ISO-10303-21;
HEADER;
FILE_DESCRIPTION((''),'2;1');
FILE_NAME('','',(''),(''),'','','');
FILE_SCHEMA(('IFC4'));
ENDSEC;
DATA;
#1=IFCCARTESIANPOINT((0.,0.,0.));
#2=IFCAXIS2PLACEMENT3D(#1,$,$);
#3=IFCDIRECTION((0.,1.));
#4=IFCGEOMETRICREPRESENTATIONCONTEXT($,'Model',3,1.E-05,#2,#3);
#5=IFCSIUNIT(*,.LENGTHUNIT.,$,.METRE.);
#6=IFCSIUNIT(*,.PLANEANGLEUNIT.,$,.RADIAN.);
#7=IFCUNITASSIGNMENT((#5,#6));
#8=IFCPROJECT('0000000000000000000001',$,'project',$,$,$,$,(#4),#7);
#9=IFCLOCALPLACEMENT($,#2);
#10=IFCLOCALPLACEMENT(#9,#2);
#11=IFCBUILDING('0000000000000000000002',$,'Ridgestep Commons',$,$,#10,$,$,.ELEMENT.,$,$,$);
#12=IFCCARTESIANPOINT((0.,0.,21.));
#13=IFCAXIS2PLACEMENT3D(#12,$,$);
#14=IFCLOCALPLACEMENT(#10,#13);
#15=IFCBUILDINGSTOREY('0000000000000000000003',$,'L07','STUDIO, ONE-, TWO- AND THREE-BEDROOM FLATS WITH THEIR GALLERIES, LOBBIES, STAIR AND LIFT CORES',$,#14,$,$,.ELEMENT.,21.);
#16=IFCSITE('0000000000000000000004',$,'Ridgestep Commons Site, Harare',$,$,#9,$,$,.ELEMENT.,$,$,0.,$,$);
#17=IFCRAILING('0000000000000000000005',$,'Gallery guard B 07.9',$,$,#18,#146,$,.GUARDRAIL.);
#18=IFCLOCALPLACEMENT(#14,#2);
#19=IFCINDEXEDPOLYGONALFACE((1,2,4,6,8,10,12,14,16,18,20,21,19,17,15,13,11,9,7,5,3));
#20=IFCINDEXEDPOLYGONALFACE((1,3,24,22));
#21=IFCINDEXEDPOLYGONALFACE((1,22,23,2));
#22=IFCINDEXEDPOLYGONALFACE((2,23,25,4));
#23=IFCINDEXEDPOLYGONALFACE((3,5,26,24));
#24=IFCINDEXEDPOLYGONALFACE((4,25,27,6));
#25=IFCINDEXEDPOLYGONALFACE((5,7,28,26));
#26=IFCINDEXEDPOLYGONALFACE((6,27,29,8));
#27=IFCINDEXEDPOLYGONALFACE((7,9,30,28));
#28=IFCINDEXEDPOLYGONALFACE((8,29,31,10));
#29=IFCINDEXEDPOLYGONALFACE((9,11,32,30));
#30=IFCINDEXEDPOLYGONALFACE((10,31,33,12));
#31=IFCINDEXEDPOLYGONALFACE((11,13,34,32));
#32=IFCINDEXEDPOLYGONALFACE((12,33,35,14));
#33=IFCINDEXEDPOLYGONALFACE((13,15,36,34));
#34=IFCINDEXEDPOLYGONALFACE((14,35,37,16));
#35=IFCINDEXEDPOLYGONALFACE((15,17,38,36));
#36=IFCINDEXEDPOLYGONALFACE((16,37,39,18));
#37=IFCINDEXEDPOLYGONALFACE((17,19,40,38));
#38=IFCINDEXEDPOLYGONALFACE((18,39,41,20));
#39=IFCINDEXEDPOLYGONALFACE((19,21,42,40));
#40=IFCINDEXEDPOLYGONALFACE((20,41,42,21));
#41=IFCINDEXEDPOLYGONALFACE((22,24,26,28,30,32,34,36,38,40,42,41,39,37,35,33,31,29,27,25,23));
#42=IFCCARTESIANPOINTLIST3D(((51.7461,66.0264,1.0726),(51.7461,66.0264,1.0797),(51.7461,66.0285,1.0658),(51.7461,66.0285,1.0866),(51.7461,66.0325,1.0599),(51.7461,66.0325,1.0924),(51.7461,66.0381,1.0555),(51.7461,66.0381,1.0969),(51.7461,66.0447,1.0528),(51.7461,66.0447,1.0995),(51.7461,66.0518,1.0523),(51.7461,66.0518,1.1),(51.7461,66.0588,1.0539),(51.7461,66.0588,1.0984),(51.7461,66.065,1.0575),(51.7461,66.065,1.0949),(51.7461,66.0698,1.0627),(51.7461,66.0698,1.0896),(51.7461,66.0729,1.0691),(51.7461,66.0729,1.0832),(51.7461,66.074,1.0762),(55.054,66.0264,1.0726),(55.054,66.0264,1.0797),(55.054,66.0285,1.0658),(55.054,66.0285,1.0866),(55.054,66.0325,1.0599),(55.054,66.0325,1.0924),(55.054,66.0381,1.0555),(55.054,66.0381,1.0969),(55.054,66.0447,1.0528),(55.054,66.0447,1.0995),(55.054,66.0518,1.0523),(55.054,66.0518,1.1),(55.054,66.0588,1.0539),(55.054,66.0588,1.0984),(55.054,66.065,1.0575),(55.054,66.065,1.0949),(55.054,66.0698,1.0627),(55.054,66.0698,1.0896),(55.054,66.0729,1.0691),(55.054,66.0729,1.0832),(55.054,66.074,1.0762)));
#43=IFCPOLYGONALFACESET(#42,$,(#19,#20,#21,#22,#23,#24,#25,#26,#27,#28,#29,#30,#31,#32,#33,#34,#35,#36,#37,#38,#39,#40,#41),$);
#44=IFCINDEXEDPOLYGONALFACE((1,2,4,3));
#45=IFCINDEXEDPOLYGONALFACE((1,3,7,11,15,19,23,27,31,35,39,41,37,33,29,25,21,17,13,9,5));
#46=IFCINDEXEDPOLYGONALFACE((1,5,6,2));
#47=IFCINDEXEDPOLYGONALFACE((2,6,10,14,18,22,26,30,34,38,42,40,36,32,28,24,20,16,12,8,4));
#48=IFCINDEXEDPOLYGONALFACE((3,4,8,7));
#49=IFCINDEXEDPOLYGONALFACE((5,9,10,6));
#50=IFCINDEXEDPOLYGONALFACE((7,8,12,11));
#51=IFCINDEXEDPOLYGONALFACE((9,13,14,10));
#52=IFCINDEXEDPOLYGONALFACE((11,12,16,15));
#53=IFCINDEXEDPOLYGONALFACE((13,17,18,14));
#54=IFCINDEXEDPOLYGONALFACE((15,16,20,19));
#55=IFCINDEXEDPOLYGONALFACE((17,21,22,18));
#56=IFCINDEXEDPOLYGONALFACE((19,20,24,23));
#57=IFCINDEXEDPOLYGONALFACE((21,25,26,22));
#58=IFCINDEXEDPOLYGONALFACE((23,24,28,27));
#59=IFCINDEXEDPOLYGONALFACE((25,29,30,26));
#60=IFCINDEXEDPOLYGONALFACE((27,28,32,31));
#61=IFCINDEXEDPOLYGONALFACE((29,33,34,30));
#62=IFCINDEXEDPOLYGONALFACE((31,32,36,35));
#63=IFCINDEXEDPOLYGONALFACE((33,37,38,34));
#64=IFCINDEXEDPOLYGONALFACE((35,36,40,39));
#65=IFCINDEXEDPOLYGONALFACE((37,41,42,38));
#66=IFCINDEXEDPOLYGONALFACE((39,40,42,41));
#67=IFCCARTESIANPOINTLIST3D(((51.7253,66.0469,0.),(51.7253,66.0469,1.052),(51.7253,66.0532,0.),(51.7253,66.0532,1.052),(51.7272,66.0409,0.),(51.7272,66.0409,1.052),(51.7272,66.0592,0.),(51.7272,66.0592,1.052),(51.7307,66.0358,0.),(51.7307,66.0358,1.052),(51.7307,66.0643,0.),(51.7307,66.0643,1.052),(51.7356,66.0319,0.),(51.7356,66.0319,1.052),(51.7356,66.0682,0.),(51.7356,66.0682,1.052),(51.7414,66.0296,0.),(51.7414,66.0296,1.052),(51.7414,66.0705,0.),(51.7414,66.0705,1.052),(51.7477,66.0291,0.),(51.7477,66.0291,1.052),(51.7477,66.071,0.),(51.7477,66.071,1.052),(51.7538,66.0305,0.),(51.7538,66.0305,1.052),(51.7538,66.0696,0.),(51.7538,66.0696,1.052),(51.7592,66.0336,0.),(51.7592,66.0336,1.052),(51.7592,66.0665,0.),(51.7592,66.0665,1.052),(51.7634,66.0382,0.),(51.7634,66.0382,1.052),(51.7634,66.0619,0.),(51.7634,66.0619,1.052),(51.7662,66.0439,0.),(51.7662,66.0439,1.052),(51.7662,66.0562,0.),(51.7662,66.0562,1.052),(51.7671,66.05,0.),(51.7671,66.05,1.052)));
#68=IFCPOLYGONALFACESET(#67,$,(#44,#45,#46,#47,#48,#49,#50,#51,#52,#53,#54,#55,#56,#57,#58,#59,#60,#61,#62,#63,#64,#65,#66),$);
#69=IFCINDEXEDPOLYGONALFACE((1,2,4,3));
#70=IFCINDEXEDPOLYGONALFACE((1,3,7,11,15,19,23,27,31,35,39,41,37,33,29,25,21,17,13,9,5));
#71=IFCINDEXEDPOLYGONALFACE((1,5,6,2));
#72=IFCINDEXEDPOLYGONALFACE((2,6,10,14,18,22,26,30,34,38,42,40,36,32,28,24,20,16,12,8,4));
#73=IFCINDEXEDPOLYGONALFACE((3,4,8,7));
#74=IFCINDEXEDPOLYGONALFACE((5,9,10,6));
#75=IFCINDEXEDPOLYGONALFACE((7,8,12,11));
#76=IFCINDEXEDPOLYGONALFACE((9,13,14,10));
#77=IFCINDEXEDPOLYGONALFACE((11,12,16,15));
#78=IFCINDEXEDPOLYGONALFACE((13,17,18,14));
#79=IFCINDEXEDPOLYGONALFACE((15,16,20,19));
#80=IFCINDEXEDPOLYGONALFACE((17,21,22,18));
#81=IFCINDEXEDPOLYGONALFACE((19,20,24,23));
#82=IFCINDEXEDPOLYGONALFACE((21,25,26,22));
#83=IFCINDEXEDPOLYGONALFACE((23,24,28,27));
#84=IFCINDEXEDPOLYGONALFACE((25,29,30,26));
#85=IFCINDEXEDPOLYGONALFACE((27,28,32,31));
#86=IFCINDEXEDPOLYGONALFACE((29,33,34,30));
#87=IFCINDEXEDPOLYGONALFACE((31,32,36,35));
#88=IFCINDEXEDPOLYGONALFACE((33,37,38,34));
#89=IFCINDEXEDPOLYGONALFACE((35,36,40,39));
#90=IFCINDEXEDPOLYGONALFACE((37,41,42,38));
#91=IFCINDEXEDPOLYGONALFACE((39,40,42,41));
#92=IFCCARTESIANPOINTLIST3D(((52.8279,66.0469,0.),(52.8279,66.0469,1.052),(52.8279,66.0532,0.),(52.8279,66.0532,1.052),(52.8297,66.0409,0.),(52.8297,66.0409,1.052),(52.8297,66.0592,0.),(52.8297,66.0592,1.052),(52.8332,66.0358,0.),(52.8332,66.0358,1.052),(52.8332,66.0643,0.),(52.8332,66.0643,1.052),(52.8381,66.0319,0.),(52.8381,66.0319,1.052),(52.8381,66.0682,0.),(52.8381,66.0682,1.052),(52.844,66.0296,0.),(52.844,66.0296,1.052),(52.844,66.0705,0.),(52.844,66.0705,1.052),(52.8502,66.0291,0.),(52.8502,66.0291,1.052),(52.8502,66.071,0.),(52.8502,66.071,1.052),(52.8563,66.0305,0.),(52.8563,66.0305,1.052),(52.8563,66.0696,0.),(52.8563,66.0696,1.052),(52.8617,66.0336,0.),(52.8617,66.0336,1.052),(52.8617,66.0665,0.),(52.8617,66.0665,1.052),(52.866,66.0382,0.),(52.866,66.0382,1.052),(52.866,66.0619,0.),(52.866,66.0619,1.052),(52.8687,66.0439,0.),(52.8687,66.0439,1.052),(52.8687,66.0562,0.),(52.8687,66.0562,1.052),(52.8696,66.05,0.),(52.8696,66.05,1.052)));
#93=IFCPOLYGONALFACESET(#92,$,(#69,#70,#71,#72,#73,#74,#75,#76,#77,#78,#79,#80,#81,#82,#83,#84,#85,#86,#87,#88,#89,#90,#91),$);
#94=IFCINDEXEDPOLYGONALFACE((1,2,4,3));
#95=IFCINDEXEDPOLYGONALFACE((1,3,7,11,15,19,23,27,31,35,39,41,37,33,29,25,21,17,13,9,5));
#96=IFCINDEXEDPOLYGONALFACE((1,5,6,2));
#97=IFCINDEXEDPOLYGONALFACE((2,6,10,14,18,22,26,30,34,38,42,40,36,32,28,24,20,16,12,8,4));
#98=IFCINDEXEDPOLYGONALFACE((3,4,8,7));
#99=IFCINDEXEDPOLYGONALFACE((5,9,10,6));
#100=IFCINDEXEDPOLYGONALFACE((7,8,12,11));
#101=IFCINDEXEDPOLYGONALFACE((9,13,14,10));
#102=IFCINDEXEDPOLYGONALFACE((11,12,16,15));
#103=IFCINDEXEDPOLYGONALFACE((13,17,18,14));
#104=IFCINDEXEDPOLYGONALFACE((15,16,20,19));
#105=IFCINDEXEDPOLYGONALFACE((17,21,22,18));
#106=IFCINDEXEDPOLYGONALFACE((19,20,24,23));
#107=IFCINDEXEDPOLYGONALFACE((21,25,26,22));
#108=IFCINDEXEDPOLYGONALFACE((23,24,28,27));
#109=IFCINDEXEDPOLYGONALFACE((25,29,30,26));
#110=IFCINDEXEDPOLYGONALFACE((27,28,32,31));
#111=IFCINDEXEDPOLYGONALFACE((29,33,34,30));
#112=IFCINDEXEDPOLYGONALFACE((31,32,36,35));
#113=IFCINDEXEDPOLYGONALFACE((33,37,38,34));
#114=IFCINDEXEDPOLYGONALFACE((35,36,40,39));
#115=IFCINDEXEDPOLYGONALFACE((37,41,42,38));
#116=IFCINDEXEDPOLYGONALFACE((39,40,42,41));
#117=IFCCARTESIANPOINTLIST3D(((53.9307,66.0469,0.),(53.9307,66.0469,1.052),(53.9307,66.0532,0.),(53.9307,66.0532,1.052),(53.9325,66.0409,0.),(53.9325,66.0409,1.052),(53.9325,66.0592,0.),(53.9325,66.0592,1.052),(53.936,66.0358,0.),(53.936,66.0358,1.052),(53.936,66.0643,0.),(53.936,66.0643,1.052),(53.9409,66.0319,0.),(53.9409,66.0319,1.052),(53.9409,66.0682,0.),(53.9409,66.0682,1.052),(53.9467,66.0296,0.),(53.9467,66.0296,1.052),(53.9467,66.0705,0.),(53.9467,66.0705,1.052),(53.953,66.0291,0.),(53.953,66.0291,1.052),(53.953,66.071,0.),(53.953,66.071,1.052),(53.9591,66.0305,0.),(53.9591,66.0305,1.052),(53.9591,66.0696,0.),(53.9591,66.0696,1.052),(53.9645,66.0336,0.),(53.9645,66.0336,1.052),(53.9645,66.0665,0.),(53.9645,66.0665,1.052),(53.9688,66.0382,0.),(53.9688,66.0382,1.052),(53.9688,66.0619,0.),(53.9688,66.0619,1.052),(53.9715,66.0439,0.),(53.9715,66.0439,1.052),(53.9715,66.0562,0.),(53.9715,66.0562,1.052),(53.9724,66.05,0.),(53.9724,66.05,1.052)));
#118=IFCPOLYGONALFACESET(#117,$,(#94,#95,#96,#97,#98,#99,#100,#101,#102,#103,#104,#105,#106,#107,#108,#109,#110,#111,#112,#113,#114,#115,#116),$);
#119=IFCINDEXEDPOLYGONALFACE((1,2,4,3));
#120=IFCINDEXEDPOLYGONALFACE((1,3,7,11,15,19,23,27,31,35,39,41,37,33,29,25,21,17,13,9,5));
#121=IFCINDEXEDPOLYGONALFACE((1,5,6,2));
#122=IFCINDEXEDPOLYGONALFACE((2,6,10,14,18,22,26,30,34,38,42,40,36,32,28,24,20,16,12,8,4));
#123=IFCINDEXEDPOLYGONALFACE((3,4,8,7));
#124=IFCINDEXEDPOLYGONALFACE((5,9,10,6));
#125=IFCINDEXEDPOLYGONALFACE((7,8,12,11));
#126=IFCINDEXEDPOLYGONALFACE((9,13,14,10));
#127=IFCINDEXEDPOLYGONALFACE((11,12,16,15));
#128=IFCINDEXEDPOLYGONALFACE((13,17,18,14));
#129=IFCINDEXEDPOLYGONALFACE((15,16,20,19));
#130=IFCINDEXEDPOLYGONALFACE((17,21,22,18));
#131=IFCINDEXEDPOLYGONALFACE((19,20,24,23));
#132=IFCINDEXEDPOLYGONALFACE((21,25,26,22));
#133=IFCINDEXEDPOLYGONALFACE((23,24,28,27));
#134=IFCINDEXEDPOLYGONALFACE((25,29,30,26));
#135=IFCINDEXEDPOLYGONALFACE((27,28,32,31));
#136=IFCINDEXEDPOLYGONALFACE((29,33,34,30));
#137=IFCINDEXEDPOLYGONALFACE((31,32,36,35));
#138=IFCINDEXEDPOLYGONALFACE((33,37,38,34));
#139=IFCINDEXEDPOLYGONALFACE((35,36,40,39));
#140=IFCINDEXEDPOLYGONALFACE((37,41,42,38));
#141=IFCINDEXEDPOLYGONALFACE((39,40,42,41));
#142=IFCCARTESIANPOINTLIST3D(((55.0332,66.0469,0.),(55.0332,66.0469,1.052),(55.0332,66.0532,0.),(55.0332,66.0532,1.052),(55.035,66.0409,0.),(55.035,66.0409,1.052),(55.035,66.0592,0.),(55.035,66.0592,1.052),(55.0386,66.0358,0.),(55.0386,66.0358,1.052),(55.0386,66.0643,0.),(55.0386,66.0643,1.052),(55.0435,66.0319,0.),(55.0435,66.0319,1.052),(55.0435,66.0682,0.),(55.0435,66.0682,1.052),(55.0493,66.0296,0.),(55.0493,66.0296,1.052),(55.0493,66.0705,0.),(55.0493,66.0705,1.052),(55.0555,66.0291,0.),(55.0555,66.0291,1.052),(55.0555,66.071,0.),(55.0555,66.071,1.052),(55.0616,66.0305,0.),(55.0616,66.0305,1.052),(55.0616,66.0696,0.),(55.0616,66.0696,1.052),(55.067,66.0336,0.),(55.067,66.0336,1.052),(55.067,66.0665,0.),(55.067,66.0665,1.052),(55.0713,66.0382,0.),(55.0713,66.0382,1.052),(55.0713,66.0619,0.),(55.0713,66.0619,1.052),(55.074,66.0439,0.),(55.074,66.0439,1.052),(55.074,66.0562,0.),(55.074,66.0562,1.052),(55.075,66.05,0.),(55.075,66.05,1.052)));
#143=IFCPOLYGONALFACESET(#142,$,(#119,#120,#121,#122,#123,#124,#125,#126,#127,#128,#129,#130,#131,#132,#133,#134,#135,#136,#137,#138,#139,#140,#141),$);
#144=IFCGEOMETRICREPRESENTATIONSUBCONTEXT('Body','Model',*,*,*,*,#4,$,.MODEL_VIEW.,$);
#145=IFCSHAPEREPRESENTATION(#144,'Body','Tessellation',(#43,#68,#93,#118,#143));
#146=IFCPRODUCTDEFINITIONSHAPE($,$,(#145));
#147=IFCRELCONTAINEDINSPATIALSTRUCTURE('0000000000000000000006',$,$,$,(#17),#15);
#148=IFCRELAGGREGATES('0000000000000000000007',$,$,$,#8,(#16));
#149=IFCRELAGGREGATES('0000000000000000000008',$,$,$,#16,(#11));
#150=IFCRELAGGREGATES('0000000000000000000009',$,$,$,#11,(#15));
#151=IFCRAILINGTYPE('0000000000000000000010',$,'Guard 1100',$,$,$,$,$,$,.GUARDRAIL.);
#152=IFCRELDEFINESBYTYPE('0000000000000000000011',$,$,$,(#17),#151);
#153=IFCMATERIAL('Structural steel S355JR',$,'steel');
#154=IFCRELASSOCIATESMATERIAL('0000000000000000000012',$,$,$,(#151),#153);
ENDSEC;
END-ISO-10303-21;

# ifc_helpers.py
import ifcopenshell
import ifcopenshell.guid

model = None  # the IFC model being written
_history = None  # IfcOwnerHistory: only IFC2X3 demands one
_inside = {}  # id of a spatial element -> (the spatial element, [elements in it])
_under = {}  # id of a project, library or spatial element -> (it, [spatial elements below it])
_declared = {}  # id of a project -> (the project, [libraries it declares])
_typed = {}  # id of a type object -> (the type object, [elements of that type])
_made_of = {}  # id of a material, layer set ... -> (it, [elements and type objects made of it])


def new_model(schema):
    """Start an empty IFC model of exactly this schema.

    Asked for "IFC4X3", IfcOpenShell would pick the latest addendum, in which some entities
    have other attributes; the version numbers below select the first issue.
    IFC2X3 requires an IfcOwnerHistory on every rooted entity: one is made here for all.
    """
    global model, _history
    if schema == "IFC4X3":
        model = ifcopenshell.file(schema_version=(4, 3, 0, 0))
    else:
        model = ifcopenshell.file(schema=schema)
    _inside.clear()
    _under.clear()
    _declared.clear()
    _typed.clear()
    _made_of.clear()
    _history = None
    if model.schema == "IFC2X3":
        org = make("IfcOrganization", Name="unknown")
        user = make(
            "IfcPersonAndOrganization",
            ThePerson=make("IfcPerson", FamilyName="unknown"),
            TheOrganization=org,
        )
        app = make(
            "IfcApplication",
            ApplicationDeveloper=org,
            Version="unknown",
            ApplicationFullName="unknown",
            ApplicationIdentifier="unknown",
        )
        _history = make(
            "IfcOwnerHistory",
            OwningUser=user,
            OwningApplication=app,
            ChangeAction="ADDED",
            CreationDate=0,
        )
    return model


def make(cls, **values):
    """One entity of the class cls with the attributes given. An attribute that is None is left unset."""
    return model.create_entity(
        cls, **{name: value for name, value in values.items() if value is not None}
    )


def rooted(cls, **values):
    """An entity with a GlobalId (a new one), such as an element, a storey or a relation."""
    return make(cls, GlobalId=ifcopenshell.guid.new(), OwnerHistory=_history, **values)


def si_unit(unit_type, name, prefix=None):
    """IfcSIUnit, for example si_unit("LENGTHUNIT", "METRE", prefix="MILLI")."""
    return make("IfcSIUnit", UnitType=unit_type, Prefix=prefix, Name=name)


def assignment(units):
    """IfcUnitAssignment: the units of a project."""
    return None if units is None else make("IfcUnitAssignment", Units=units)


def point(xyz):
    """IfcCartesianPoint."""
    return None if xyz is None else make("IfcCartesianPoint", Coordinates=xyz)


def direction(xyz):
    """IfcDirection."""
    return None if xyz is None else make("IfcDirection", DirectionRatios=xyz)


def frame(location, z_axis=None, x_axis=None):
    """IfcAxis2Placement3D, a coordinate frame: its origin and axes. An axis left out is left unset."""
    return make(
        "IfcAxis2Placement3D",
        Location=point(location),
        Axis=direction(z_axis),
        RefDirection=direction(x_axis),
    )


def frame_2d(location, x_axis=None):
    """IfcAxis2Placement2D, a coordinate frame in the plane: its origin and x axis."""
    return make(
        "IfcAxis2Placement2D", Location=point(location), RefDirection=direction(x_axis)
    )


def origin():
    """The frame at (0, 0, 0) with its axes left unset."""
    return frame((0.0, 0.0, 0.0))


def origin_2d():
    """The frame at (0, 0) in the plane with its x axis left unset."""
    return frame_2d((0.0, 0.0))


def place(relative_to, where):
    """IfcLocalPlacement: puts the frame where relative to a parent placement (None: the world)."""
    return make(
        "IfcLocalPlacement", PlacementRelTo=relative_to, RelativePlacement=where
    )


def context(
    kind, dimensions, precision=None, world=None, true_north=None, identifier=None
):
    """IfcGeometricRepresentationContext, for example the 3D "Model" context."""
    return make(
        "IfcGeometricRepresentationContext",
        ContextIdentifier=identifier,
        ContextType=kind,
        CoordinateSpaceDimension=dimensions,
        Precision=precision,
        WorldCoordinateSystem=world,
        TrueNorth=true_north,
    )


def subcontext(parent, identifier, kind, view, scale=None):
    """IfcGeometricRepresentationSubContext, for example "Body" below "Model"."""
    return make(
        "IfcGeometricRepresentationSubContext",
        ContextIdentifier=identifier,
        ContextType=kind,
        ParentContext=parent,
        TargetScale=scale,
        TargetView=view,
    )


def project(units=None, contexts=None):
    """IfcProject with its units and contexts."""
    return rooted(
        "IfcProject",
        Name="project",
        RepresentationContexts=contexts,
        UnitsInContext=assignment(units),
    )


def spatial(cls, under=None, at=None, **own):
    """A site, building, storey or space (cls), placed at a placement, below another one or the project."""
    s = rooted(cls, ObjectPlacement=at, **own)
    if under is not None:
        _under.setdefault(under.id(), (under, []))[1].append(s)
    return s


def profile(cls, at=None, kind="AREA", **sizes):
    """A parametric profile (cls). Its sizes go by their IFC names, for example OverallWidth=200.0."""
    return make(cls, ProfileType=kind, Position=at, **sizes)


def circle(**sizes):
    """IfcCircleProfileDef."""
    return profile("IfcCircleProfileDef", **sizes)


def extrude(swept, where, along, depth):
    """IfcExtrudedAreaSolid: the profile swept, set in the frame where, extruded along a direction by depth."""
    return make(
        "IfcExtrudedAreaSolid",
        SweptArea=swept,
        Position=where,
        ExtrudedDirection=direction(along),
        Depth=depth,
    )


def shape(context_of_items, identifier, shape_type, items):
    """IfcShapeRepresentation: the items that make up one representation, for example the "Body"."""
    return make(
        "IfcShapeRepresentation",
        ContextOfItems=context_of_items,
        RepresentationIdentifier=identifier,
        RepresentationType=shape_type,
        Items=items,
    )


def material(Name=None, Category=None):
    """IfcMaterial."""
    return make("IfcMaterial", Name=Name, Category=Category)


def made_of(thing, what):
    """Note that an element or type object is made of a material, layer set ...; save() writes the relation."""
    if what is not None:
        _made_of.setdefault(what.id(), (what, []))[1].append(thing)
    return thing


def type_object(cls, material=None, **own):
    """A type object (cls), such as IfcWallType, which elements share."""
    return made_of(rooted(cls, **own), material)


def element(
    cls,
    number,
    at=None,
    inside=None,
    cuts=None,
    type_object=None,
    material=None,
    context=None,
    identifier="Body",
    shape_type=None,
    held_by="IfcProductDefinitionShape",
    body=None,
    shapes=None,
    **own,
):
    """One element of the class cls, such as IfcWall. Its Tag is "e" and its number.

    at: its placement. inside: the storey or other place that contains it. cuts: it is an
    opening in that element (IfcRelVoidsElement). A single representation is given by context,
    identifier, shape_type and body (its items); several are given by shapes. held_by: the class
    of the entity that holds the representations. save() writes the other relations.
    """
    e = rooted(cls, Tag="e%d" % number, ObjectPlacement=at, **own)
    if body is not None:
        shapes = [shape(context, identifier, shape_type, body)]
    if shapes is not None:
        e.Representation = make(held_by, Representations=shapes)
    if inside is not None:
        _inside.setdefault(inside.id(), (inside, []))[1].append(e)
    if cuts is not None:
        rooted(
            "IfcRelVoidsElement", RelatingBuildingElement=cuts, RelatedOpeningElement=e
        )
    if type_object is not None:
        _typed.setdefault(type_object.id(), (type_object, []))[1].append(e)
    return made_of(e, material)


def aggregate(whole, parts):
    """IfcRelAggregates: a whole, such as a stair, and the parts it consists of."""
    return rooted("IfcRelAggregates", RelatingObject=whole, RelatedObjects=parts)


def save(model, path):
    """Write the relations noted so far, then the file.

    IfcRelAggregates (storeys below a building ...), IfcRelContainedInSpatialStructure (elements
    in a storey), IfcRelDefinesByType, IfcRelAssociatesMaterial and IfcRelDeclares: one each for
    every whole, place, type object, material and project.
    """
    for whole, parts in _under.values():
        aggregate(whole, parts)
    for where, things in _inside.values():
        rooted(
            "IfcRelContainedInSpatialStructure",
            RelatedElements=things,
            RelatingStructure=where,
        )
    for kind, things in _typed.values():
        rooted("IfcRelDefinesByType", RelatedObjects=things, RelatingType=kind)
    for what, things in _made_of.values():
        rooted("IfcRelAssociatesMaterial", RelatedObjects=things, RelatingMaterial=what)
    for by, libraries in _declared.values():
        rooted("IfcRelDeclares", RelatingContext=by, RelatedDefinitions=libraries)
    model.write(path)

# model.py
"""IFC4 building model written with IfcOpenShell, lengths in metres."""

from ifc_helpers import new_model, si_unit, direction, frame, origin, origin_2d, place, context, subcontext, project, spatial, circle, extrude, material, type_object, element, save


model = new_model("IFC4")

# Units and contexts
model_context = context("Model", 3, precision=1e-05, world=origin(), true_north=direction((0.0, 1.0)))
body_context = subcontext(model_context, "Body", "Model", "MODEL_VIEW")
ifc_project = project(units=[si_unit("LENGTHUNIT", "METRE"), si_unit("PLANEANGLEUNIT", "RADIAN")], contexts=[model_context])

# Site, building, storey
site_placement = place(None, origin())
site = spatial("IfcSite", under=ifc_project, at=site_placement, Name="Ridgestep Commons Site, Harare", CompositionType="ELEMENT", RefElevation=0.0)
building_placement = place(site_placement, origin())
building = spatial("IfcBuilding", under=site, at=building_placement, Name="Ridgestep Commons", CompositionType="ELEMENT")
storey_placement = place(building_placement, frame((0.0, 0.0, 21.0)))
storey = spatial("IfcBuildingStorey", under=building, at=storey_placement, Name="L07", Description="STUDIO, ONE-, TWO- AND THREE-BEDROOM FLATS WITH THEIR GALLERIES, LOBBIES, STAIR AND LIFT CORES", CompositionType="ELEMENT", Elevation=21.0)

# Railing
ifc_material_1 = material(Name="Structural steel S355JR", Category="steel")
railing_type_1 = type_object("IfcRailingType", Name="Guard 1100", PredefinedType="GUARDRAIL", material=ifc_material_1)
railing_1_placement = place(storey_placement, frame((51.7461, 66.05, 0.0)))
element("IfcRailing", 1, at=railing_1_placement, inside=storey, type_object=railing_type_1, Name="Gallery guard B 07.9", PredefinedType="GUARDRAIL", context=body_context, shape_type="SweptSolid", body=[
    extrude(circle(Radius=0.0239, at=origin_2d()), frame((0.0, 0.0, 1.0762), z_axis=(1.0, 0.0, 0.0), x_axis=(0.0, 1.0, 0.0)), (0.0, 0.0, 1.0), 3.3079),
    extrude(circle(Radius=0.021, at=origin_2d()), origin(), (0.0, 0.0, 1.0), 1.052),
    extrude(circle(Radius=0.021, at=origin_2d()), frame((1.1025, 0.0, 0.0)), (0.0, 0.0, 1.0), 1.052),
    extrude(circle(Radius=0.021, at=origin_2d()), frame((2.2053, 0.0, 0.0)), (0.0, 0.0, 1.0), 1.052),
    extrude(circle(Radius=0.021, at=origin_2d()), frame((3.3079, 0.0, 0.0)), (0.0, 0.0, 1.0), 1.052),
])

save(model, "model.ifc")
